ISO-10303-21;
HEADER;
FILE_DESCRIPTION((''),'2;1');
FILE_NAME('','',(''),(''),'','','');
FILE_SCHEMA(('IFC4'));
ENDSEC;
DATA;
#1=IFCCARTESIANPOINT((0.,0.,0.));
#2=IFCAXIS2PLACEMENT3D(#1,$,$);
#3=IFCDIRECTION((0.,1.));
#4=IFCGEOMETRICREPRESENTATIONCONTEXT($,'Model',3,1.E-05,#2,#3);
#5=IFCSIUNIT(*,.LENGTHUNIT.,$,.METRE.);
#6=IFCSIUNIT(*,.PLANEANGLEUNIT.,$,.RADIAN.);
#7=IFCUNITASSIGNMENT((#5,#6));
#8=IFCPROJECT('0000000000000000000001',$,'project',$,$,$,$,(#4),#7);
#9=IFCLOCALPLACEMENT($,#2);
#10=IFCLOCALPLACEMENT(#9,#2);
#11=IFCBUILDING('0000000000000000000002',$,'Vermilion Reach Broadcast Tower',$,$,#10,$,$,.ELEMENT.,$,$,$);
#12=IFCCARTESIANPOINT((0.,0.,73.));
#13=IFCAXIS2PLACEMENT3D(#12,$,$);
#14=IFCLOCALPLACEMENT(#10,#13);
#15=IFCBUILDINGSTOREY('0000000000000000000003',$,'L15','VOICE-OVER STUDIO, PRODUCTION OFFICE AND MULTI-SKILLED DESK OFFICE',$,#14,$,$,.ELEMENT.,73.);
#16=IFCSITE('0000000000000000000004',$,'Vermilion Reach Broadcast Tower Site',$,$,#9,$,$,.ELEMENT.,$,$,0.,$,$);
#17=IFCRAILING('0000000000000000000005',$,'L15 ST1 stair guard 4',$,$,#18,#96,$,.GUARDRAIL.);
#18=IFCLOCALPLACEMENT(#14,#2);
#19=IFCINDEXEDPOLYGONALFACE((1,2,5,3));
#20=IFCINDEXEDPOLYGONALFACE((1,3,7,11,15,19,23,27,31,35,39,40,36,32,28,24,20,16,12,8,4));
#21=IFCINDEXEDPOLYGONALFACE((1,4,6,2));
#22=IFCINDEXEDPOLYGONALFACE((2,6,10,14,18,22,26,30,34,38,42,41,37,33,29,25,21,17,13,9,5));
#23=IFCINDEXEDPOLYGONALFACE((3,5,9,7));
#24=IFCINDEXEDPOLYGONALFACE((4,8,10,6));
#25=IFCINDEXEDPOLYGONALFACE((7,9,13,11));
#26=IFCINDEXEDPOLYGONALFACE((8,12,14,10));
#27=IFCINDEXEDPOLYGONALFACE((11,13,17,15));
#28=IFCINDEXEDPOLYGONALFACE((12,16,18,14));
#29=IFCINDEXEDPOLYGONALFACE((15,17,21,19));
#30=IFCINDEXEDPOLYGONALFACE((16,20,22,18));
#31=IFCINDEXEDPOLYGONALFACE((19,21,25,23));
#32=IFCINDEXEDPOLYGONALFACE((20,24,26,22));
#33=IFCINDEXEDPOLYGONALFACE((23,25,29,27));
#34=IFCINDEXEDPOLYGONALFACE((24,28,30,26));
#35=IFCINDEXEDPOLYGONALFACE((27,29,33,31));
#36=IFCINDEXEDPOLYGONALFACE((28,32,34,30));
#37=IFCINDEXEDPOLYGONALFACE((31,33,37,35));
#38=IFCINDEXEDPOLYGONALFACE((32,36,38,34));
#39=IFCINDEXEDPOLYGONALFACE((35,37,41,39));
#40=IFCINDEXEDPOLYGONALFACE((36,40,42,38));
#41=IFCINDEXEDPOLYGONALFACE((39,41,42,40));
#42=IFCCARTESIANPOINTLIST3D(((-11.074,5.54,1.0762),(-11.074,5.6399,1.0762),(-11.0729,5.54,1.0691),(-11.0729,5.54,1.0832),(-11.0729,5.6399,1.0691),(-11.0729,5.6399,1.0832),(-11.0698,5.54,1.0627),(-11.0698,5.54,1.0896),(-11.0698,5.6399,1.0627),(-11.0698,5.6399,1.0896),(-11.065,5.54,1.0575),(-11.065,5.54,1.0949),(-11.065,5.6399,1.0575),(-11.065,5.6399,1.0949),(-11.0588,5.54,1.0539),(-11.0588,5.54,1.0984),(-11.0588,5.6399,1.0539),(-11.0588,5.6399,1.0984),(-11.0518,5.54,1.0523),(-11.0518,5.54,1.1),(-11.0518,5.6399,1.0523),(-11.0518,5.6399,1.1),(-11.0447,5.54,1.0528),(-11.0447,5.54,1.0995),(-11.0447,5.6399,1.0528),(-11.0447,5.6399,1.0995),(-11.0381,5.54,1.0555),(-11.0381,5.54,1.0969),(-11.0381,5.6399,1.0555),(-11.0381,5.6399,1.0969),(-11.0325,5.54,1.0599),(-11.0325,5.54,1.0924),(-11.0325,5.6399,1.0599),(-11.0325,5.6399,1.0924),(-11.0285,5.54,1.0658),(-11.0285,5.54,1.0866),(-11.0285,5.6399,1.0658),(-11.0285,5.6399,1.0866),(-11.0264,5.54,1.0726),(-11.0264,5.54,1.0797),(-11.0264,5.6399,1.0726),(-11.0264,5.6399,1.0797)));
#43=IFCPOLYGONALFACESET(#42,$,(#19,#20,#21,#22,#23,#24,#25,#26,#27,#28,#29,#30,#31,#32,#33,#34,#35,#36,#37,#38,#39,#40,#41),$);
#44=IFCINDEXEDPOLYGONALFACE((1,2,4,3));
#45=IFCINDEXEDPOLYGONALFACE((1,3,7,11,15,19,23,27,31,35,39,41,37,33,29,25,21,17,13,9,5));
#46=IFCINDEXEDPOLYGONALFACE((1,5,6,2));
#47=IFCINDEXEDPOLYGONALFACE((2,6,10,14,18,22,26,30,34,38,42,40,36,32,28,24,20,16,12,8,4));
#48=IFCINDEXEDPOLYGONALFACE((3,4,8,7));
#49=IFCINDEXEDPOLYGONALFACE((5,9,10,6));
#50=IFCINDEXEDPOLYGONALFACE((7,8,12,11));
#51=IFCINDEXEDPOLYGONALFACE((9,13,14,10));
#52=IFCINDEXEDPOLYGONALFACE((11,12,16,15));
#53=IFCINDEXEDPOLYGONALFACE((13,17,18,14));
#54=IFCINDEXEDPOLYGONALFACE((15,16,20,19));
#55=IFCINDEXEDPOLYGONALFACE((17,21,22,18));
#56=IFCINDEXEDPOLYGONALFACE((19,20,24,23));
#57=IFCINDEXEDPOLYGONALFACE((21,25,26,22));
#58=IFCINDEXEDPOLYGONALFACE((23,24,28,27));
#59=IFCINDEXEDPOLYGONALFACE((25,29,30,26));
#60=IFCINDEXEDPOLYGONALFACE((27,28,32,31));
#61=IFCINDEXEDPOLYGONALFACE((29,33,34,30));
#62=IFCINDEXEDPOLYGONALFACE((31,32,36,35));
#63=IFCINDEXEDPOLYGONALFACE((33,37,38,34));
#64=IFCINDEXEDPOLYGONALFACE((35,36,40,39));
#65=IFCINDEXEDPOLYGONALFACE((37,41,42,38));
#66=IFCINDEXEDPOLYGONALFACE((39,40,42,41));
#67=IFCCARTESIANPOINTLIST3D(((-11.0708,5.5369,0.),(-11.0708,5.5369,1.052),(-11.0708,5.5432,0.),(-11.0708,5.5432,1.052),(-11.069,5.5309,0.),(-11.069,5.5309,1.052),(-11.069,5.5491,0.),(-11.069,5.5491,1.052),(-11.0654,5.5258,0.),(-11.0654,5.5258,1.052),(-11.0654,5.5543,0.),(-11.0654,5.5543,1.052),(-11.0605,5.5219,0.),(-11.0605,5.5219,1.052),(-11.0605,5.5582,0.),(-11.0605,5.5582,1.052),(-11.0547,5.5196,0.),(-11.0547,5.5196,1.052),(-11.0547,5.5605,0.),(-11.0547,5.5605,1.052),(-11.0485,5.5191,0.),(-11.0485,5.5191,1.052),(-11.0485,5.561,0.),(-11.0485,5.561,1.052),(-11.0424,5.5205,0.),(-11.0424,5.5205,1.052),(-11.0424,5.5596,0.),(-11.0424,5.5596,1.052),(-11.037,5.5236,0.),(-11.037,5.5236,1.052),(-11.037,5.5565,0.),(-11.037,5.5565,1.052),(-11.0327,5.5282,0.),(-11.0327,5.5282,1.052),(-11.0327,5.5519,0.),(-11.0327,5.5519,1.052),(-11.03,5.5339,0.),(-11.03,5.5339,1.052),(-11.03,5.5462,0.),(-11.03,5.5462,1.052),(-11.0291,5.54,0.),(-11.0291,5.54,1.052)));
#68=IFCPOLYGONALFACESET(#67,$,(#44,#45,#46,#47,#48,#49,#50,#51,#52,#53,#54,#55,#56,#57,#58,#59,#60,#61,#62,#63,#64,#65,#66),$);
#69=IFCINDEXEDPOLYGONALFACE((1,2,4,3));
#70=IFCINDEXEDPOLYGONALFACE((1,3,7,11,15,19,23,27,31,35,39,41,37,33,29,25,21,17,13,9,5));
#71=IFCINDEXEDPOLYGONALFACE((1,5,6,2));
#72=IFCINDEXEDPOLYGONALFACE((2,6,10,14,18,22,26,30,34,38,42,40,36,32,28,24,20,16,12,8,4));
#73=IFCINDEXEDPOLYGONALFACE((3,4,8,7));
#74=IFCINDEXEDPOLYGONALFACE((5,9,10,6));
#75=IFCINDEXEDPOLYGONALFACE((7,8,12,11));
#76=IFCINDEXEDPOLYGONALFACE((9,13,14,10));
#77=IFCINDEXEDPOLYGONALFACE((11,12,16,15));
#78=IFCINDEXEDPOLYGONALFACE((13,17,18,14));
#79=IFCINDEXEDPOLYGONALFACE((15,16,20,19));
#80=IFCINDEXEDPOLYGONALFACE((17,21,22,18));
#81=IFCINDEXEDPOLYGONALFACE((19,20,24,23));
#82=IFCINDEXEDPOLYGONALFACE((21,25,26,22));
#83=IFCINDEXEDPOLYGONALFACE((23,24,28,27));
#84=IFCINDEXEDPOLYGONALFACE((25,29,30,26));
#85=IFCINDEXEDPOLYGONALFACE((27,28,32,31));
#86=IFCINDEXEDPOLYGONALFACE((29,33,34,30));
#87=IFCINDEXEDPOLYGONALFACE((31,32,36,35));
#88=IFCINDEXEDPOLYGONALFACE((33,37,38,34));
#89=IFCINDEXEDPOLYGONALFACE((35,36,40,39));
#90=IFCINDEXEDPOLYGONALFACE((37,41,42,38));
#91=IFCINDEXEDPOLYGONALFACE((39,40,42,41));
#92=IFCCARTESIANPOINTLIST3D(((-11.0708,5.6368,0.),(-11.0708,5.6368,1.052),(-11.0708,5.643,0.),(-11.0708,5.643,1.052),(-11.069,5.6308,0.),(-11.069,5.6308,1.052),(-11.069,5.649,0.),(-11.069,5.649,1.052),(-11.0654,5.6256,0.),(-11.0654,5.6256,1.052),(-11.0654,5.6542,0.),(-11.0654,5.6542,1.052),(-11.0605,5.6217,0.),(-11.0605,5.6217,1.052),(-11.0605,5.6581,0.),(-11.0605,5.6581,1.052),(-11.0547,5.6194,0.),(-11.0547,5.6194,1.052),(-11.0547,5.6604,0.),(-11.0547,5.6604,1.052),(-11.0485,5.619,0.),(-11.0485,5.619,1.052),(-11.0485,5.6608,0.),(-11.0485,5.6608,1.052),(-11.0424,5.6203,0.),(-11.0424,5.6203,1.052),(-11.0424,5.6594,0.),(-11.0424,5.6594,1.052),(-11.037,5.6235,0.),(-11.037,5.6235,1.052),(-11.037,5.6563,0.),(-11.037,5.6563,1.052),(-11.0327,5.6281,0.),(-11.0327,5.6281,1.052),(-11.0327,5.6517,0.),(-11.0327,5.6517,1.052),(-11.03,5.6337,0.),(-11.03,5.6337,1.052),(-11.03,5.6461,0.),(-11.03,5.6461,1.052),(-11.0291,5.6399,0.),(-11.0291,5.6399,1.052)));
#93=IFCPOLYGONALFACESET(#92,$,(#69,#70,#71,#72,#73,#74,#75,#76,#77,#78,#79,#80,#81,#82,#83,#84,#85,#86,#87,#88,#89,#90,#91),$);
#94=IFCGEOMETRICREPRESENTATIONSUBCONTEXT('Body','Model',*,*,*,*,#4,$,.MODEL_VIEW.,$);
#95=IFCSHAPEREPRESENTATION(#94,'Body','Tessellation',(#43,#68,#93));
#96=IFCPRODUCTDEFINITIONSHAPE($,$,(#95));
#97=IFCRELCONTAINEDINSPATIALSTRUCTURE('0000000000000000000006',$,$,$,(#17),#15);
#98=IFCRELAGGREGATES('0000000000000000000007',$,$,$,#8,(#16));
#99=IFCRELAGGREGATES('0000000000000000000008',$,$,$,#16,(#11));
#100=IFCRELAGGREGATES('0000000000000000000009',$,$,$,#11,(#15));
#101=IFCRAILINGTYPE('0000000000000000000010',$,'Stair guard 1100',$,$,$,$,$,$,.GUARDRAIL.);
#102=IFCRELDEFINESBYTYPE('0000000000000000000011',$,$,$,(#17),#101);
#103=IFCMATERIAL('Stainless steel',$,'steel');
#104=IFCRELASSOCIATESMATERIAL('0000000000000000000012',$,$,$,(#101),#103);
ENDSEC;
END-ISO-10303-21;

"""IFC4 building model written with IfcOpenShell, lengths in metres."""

from ifc_helpers import new_model, si_unit, direction, frame, origin, origin_2d, place, context, subcontext, project, spatial, circle, extrude, material, type_object, element, save


model = new_model("IFC4")

# Units and contexts
model_context = context("Model", 3, precision=1e-05, world=origin(), true_north=direction((0.0, 1.0)))
body_context = subcontext(model_context, "Body", "Model", "MODEL_VIEW")
ifc_project = project(units=[si_unit("LENGTHUNIT", "METRE"), si_unit("PLANEANGLEUNIT", "RADIAN")], contexts=[model_context])

# Site, building, storey
site_placement = place(None, origin())
site = spatial("IfcSite", under=ifc_project, at=site_placement, Name="Vermilion Reach Broadcast Tower Site", CompositionType="ELEMENT", RefElevation=0.0)
building_placement = place(site_placement, origin())
building = spatial("IfcBuilding", under=site, at=building_placement, Name="Vermilion Reach Broadcast Tower", CompositionType="ELEMENT")
storey_placement = place(building_placement, frame((0.0, 0.0, 73.0)))
storey = spatial("IfcBuildingStorey", under=building, at=storey_placement, Name="L15", Description="VOICE-OVER STUDIO, PRODUCTION OFFICE AND MULTI-SKILLED DESK OFFICE", CompositionType="ELEMENT", Elevation=73.0)

# Railing
ifc_material_1 = material(Name="Stainless steel", Category="steel")
railing_type_1 = type_object("IfcRailingType", Name="Stair guard 1100", PredefinedType="GUARDRAIL", material=ifc_material_1)
railing_1_placement = place(storey_placement, frame((-11.05, 5.54, 0.0)))
element("IfcRailing", 1, at=railing_1_placement, inside=storey, type_object=railing_type_1, Name="L15 ST1 stair guard 4", PredefinedType="GUARDRAIL", context=body_context, shape_type="SweptSolid", body=[
    extrude(circle(Radius=0.0239, at=origin_2d()), frame((0.0, 0.0, 1.0762), z_axis=(0.0, 1.0, 0.0), x_axis=(-1.0, 0.0, 0.0)), (0.0, 0.0, 1.0), 0.0999),
    extrude(circle(Radius=0.021, at=origin_2d()), origin(), (0.0, 0.0, 1.0), 1.052),
    extrude(circle(Radius=0.021, at=origin_2d()), frame((0.0, 0.0999, 0.0)), (0.0, 0.0, 1.0), 1.052),
])

save(model, "model.ifc")
